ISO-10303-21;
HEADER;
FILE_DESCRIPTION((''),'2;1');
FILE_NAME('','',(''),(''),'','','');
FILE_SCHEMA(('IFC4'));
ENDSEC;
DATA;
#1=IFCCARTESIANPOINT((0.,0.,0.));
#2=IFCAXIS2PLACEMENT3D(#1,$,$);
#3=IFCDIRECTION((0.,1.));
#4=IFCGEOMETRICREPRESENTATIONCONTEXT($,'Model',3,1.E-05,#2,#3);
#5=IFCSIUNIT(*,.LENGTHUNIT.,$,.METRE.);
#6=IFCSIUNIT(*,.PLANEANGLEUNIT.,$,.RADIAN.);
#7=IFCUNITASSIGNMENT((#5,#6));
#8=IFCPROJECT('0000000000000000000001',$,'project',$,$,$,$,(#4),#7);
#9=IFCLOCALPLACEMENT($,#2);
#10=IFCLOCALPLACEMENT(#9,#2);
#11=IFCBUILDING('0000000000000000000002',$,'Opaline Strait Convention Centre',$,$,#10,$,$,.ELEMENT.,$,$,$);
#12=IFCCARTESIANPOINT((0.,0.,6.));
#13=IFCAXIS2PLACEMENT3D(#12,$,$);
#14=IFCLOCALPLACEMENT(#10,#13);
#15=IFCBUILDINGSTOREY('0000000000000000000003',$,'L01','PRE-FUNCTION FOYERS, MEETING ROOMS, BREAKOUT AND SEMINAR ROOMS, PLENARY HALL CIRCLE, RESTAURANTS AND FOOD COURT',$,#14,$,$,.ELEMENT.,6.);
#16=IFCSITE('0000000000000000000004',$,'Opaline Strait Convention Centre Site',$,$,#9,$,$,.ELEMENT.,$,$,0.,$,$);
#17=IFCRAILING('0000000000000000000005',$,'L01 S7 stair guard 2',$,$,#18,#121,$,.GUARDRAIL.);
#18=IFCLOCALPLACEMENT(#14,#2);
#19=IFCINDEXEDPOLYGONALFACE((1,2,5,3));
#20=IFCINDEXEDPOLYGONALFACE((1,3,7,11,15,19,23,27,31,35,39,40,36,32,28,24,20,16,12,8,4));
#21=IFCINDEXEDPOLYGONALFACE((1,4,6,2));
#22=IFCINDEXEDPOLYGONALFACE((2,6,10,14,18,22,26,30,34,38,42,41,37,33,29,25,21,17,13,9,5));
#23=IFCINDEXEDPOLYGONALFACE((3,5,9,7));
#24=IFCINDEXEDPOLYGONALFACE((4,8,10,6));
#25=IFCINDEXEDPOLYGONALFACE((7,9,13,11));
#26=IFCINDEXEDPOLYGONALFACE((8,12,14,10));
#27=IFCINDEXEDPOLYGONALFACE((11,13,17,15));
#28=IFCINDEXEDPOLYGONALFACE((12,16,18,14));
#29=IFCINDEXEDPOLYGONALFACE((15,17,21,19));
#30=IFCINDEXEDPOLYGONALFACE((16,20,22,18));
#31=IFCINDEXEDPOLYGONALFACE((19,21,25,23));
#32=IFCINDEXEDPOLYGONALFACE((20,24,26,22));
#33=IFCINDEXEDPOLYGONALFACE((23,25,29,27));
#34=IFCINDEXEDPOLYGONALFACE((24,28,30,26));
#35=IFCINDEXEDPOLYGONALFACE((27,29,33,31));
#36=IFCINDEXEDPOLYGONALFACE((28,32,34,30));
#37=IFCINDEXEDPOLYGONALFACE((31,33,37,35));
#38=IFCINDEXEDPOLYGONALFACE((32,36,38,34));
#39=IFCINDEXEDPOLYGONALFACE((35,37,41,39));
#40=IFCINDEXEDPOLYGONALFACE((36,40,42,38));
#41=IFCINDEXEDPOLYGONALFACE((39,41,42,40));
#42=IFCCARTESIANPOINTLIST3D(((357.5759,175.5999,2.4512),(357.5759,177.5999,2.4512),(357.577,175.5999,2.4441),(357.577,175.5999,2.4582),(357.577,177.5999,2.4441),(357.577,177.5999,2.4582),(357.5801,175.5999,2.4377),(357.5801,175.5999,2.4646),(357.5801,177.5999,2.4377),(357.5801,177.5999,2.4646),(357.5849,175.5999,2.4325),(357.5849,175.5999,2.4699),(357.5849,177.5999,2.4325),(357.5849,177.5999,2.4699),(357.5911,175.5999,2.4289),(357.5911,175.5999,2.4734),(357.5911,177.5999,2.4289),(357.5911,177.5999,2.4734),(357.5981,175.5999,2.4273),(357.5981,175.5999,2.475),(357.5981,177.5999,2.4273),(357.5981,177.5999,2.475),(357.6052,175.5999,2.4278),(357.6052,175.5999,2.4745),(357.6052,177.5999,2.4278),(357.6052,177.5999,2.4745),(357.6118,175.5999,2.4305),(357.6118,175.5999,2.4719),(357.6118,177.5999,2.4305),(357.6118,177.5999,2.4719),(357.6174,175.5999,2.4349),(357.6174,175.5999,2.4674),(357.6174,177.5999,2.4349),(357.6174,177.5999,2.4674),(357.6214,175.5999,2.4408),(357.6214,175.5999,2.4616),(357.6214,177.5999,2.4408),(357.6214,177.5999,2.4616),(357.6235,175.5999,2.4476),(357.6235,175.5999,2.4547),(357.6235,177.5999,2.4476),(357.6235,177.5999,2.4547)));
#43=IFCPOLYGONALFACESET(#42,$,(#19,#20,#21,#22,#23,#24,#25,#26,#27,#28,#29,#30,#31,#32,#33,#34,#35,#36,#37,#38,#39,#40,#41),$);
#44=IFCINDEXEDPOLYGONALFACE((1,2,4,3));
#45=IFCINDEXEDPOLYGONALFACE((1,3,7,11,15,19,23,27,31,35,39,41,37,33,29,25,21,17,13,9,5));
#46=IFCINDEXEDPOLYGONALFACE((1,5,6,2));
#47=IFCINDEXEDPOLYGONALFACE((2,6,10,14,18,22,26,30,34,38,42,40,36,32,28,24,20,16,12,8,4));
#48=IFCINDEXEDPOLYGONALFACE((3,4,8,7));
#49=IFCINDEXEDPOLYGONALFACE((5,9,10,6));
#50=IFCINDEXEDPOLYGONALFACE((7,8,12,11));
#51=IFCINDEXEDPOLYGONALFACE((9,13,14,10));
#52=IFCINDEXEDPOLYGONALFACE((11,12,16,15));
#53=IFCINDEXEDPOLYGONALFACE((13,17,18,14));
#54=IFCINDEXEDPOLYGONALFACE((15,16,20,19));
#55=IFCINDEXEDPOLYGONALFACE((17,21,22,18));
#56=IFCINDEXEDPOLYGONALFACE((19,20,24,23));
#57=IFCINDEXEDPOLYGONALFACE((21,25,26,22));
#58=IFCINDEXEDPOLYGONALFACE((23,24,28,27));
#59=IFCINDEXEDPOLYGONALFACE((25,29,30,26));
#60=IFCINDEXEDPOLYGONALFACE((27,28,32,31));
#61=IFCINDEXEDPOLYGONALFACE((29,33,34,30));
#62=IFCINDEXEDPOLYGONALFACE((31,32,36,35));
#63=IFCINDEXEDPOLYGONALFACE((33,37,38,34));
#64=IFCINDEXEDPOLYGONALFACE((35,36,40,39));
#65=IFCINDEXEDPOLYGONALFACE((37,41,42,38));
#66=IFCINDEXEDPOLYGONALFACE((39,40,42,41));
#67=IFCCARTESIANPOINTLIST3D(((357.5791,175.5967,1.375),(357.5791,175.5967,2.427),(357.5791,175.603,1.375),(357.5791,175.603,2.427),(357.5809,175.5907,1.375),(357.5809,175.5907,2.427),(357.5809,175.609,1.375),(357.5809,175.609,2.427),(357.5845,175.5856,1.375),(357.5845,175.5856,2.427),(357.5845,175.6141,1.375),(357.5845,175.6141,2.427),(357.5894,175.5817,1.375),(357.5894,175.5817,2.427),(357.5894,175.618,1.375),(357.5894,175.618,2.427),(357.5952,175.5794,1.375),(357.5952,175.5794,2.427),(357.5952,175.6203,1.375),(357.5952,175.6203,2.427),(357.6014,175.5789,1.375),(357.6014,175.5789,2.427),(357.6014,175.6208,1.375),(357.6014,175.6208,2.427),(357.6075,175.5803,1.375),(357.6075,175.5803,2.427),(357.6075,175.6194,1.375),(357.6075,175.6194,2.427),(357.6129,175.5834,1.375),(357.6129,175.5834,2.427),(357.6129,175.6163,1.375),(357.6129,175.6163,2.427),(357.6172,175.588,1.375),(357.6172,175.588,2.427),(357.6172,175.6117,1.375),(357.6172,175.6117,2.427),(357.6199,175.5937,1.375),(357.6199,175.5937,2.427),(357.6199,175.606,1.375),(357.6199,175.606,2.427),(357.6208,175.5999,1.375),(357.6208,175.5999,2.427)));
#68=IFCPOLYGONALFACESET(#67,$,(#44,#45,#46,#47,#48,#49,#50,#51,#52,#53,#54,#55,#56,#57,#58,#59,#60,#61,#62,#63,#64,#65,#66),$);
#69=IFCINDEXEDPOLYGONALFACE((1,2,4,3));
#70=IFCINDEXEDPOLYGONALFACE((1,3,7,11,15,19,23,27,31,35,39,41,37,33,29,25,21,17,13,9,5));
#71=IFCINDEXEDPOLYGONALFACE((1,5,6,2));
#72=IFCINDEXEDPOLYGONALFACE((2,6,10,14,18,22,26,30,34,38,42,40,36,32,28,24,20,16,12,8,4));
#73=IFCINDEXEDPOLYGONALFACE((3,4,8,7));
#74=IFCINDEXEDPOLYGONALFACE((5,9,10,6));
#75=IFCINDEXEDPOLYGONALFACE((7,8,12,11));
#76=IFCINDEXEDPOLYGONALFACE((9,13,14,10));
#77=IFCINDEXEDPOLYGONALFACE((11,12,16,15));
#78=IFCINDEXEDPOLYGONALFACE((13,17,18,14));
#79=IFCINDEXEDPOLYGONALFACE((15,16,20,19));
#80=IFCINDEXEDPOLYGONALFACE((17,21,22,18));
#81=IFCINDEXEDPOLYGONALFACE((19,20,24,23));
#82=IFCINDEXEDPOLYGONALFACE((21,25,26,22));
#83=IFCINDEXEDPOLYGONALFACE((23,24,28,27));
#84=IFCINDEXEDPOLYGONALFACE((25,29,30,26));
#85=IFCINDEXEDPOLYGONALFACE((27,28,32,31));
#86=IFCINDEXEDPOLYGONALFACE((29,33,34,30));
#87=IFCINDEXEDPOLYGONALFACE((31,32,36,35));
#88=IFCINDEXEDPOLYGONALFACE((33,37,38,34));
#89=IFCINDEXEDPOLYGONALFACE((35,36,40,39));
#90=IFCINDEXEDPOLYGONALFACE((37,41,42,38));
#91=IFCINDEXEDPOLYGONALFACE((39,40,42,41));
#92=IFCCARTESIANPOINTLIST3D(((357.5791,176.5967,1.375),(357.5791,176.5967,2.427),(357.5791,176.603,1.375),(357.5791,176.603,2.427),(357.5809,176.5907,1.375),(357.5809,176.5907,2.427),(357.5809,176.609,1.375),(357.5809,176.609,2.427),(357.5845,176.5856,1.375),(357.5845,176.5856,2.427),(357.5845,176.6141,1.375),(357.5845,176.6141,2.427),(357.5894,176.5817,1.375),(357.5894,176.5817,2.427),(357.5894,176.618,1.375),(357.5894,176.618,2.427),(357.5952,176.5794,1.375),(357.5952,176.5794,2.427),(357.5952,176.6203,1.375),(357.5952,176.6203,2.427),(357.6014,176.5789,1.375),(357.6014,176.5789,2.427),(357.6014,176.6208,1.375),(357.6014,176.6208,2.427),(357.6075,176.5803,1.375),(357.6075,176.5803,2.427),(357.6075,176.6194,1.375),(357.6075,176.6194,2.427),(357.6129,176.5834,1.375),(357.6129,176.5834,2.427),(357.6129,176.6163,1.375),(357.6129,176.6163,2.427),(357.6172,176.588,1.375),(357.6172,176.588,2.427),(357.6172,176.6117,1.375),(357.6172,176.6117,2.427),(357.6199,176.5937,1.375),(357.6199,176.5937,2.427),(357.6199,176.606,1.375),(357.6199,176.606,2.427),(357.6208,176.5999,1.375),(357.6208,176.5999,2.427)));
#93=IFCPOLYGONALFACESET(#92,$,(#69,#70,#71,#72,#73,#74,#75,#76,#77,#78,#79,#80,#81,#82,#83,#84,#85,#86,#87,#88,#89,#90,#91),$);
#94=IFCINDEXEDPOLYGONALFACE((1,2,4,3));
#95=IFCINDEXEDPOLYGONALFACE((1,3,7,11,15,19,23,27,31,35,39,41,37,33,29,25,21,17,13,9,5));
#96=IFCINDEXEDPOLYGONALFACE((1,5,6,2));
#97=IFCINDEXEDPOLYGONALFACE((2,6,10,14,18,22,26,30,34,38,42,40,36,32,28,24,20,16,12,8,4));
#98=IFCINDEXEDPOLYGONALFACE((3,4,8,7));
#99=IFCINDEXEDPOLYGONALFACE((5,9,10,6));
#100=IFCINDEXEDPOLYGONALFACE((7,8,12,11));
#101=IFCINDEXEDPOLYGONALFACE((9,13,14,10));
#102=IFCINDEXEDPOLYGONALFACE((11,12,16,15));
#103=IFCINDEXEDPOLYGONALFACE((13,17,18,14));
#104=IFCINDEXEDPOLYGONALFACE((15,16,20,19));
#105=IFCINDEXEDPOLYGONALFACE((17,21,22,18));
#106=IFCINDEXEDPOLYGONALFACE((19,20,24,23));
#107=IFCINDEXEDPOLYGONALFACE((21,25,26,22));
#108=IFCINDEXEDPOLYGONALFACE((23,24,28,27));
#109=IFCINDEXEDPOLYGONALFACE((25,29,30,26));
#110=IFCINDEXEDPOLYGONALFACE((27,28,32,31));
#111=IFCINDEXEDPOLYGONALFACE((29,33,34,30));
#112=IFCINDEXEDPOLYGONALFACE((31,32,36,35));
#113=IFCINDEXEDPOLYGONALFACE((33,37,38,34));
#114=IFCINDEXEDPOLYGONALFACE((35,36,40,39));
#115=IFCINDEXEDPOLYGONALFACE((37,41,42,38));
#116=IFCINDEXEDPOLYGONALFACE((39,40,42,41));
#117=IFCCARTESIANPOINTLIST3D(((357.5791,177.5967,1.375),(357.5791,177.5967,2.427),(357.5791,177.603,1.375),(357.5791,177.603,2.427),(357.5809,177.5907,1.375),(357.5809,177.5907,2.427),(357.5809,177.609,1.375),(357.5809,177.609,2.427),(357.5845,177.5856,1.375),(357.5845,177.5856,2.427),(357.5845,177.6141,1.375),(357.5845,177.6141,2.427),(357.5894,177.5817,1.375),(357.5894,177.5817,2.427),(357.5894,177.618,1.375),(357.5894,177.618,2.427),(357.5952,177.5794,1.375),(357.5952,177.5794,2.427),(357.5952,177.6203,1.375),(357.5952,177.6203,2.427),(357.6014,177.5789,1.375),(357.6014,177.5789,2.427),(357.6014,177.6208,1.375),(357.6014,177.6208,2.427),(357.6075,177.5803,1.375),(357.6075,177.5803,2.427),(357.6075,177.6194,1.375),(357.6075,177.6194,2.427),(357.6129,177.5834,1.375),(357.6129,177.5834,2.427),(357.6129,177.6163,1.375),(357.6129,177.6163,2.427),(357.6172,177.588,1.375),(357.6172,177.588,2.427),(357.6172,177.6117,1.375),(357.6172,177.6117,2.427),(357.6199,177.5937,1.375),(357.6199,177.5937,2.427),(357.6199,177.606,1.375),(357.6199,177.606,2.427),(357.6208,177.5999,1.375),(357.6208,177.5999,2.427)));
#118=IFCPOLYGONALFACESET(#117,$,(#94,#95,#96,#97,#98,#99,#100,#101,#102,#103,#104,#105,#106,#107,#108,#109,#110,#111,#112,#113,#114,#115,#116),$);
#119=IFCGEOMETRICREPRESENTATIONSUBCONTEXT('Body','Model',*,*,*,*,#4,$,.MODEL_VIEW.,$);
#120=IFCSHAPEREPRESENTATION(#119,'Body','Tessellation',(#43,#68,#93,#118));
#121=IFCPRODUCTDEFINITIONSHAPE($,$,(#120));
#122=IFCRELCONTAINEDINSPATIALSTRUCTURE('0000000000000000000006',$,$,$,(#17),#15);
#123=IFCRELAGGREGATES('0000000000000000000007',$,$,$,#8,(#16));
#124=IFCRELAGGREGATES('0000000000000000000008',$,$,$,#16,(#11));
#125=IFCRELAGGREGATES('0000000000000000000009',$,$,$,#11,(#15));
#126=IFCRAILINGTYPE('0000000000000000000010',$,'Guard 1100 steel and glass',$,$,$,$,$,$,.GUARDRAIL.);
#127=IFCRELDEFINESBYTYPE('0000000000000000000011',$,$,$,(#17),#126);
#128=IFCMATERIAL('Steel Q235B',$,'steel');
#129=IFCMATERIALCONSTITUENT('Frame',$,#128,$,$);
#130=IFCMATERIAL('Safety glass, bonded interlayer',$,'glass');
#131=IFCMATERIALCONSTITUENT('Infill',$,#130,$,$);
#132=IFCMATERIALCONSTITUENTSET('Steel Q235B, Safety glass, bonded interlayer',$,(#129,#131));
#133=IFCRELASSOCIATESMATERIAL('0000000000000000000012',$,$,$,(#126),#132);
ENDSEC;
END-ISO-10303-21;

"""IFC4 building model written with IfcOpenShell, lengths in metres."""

from ifc_helpers import new_model, si_unit, direction, frame, origin, origin_2d, place, context, subcontext, project, spatial, circle, extrude, material, constituent, constituent_set, type_object, element, save


model = new_model("IFC4")

# Units and contexts
model_context = context("Model", 3, precision=1e-05, world=origin(), true_north=direction((0.0, 1.0)))
body_context = subcontext(model_context, "Body", "Model", "MODEL_VIEW")
ifc_project = project(units=[si_unit("LENGTHUNIT", "METRE"), si_unit("PLANEANGLEUNIT", "RADIAN")], contexts=[model_context])

# Site, building, storey
site_placement = place(None, origin())
site = spatial("IfcSite", under=ifc_project, at=site_placement, Name="Opaline Strait Convention Centre Site", CompositionType="ELEMENT", RefElevation=0.0)
building_placement = place(site_placement, origin())
building = spatial("IfcBuilding", under=site, at=building_placement, Name="Opaline Strait Convention Centre", CompositionType="ELEMENT")
storey_placement = place(building_placement, frame((0.0, 0.0, 6.0)))
storey = spatial("IfcBuildingStorey", under=building, at=storey_placement, Name="L01", Description="PRE-FUNCTION FOYERS, MEETING ROOMS, BREAKOUT AND SEMINAR ROOMS, PLENARY HALL CIRCLE, RESTAURANTS AND FOOD COURT", CompositionType="ELEMENT", Elevation=6.0)

# Railing
ifc_material_1 = material(Name="Steel Q235B", Category="steel")
ifc_constituent_1 = constituent(ifc_material_1, Name="Frame")
ifc_material_2 = material(Name="Safety glass, bonded interlayer", Category="glass")
ifc_constituent_2 = constituent(ifc_material_2, Name="Infill")
ifc_constituent_set = constituent_set(constituents=[ifc_constituent_1, ifc_constituent_2], Name="Steel Q235B, Safety glass, bonded interlayer")
railing_type_1 = type_object("IfcRailingType", Name="Guard 1100 steel and glass", PredefinedType="GUARDRAIL", material=ifc_constituent_set)
railing_1_placement = place(storey_placement, frame((357.5999, 175.5999, 1.375)))
element("IfcRailing", 1, at=railing_1_placement, inside=storey, type_object=railing_type_1, Name="L01 S7 stair guard 2", PredefinedType="GUARDRAIL", context=body_context, shape_type="SweptSolid", body=[
    extrude(circle(Radius=0.0239, at=origin_2d()), frame((0.0, 0.0, 1.0762), z_axis=(0.0, 1.0, 0.0), x_axis=(-1.0, 0.0, 0.0)), (0.0, 0.0, 1.0), 2.0),
    extrude(circle(Radius=0.021, at=origin_2d()), origin(), (0.0, 0.0, 1.0), 1.052),
    extrude(circle(Radius=0.021, at=origin_2d()), frame((0.0, 1.0, 0.0)), (0.0, 0.0, 1.0), 1.052),
    extrude(circle(Radius=0.021, at=origin_2d()), frame((0.0, 2.0, 0.0)), (0.0, 0.0, 1.0), 1.052),
])

save(model, "model.ifc")
